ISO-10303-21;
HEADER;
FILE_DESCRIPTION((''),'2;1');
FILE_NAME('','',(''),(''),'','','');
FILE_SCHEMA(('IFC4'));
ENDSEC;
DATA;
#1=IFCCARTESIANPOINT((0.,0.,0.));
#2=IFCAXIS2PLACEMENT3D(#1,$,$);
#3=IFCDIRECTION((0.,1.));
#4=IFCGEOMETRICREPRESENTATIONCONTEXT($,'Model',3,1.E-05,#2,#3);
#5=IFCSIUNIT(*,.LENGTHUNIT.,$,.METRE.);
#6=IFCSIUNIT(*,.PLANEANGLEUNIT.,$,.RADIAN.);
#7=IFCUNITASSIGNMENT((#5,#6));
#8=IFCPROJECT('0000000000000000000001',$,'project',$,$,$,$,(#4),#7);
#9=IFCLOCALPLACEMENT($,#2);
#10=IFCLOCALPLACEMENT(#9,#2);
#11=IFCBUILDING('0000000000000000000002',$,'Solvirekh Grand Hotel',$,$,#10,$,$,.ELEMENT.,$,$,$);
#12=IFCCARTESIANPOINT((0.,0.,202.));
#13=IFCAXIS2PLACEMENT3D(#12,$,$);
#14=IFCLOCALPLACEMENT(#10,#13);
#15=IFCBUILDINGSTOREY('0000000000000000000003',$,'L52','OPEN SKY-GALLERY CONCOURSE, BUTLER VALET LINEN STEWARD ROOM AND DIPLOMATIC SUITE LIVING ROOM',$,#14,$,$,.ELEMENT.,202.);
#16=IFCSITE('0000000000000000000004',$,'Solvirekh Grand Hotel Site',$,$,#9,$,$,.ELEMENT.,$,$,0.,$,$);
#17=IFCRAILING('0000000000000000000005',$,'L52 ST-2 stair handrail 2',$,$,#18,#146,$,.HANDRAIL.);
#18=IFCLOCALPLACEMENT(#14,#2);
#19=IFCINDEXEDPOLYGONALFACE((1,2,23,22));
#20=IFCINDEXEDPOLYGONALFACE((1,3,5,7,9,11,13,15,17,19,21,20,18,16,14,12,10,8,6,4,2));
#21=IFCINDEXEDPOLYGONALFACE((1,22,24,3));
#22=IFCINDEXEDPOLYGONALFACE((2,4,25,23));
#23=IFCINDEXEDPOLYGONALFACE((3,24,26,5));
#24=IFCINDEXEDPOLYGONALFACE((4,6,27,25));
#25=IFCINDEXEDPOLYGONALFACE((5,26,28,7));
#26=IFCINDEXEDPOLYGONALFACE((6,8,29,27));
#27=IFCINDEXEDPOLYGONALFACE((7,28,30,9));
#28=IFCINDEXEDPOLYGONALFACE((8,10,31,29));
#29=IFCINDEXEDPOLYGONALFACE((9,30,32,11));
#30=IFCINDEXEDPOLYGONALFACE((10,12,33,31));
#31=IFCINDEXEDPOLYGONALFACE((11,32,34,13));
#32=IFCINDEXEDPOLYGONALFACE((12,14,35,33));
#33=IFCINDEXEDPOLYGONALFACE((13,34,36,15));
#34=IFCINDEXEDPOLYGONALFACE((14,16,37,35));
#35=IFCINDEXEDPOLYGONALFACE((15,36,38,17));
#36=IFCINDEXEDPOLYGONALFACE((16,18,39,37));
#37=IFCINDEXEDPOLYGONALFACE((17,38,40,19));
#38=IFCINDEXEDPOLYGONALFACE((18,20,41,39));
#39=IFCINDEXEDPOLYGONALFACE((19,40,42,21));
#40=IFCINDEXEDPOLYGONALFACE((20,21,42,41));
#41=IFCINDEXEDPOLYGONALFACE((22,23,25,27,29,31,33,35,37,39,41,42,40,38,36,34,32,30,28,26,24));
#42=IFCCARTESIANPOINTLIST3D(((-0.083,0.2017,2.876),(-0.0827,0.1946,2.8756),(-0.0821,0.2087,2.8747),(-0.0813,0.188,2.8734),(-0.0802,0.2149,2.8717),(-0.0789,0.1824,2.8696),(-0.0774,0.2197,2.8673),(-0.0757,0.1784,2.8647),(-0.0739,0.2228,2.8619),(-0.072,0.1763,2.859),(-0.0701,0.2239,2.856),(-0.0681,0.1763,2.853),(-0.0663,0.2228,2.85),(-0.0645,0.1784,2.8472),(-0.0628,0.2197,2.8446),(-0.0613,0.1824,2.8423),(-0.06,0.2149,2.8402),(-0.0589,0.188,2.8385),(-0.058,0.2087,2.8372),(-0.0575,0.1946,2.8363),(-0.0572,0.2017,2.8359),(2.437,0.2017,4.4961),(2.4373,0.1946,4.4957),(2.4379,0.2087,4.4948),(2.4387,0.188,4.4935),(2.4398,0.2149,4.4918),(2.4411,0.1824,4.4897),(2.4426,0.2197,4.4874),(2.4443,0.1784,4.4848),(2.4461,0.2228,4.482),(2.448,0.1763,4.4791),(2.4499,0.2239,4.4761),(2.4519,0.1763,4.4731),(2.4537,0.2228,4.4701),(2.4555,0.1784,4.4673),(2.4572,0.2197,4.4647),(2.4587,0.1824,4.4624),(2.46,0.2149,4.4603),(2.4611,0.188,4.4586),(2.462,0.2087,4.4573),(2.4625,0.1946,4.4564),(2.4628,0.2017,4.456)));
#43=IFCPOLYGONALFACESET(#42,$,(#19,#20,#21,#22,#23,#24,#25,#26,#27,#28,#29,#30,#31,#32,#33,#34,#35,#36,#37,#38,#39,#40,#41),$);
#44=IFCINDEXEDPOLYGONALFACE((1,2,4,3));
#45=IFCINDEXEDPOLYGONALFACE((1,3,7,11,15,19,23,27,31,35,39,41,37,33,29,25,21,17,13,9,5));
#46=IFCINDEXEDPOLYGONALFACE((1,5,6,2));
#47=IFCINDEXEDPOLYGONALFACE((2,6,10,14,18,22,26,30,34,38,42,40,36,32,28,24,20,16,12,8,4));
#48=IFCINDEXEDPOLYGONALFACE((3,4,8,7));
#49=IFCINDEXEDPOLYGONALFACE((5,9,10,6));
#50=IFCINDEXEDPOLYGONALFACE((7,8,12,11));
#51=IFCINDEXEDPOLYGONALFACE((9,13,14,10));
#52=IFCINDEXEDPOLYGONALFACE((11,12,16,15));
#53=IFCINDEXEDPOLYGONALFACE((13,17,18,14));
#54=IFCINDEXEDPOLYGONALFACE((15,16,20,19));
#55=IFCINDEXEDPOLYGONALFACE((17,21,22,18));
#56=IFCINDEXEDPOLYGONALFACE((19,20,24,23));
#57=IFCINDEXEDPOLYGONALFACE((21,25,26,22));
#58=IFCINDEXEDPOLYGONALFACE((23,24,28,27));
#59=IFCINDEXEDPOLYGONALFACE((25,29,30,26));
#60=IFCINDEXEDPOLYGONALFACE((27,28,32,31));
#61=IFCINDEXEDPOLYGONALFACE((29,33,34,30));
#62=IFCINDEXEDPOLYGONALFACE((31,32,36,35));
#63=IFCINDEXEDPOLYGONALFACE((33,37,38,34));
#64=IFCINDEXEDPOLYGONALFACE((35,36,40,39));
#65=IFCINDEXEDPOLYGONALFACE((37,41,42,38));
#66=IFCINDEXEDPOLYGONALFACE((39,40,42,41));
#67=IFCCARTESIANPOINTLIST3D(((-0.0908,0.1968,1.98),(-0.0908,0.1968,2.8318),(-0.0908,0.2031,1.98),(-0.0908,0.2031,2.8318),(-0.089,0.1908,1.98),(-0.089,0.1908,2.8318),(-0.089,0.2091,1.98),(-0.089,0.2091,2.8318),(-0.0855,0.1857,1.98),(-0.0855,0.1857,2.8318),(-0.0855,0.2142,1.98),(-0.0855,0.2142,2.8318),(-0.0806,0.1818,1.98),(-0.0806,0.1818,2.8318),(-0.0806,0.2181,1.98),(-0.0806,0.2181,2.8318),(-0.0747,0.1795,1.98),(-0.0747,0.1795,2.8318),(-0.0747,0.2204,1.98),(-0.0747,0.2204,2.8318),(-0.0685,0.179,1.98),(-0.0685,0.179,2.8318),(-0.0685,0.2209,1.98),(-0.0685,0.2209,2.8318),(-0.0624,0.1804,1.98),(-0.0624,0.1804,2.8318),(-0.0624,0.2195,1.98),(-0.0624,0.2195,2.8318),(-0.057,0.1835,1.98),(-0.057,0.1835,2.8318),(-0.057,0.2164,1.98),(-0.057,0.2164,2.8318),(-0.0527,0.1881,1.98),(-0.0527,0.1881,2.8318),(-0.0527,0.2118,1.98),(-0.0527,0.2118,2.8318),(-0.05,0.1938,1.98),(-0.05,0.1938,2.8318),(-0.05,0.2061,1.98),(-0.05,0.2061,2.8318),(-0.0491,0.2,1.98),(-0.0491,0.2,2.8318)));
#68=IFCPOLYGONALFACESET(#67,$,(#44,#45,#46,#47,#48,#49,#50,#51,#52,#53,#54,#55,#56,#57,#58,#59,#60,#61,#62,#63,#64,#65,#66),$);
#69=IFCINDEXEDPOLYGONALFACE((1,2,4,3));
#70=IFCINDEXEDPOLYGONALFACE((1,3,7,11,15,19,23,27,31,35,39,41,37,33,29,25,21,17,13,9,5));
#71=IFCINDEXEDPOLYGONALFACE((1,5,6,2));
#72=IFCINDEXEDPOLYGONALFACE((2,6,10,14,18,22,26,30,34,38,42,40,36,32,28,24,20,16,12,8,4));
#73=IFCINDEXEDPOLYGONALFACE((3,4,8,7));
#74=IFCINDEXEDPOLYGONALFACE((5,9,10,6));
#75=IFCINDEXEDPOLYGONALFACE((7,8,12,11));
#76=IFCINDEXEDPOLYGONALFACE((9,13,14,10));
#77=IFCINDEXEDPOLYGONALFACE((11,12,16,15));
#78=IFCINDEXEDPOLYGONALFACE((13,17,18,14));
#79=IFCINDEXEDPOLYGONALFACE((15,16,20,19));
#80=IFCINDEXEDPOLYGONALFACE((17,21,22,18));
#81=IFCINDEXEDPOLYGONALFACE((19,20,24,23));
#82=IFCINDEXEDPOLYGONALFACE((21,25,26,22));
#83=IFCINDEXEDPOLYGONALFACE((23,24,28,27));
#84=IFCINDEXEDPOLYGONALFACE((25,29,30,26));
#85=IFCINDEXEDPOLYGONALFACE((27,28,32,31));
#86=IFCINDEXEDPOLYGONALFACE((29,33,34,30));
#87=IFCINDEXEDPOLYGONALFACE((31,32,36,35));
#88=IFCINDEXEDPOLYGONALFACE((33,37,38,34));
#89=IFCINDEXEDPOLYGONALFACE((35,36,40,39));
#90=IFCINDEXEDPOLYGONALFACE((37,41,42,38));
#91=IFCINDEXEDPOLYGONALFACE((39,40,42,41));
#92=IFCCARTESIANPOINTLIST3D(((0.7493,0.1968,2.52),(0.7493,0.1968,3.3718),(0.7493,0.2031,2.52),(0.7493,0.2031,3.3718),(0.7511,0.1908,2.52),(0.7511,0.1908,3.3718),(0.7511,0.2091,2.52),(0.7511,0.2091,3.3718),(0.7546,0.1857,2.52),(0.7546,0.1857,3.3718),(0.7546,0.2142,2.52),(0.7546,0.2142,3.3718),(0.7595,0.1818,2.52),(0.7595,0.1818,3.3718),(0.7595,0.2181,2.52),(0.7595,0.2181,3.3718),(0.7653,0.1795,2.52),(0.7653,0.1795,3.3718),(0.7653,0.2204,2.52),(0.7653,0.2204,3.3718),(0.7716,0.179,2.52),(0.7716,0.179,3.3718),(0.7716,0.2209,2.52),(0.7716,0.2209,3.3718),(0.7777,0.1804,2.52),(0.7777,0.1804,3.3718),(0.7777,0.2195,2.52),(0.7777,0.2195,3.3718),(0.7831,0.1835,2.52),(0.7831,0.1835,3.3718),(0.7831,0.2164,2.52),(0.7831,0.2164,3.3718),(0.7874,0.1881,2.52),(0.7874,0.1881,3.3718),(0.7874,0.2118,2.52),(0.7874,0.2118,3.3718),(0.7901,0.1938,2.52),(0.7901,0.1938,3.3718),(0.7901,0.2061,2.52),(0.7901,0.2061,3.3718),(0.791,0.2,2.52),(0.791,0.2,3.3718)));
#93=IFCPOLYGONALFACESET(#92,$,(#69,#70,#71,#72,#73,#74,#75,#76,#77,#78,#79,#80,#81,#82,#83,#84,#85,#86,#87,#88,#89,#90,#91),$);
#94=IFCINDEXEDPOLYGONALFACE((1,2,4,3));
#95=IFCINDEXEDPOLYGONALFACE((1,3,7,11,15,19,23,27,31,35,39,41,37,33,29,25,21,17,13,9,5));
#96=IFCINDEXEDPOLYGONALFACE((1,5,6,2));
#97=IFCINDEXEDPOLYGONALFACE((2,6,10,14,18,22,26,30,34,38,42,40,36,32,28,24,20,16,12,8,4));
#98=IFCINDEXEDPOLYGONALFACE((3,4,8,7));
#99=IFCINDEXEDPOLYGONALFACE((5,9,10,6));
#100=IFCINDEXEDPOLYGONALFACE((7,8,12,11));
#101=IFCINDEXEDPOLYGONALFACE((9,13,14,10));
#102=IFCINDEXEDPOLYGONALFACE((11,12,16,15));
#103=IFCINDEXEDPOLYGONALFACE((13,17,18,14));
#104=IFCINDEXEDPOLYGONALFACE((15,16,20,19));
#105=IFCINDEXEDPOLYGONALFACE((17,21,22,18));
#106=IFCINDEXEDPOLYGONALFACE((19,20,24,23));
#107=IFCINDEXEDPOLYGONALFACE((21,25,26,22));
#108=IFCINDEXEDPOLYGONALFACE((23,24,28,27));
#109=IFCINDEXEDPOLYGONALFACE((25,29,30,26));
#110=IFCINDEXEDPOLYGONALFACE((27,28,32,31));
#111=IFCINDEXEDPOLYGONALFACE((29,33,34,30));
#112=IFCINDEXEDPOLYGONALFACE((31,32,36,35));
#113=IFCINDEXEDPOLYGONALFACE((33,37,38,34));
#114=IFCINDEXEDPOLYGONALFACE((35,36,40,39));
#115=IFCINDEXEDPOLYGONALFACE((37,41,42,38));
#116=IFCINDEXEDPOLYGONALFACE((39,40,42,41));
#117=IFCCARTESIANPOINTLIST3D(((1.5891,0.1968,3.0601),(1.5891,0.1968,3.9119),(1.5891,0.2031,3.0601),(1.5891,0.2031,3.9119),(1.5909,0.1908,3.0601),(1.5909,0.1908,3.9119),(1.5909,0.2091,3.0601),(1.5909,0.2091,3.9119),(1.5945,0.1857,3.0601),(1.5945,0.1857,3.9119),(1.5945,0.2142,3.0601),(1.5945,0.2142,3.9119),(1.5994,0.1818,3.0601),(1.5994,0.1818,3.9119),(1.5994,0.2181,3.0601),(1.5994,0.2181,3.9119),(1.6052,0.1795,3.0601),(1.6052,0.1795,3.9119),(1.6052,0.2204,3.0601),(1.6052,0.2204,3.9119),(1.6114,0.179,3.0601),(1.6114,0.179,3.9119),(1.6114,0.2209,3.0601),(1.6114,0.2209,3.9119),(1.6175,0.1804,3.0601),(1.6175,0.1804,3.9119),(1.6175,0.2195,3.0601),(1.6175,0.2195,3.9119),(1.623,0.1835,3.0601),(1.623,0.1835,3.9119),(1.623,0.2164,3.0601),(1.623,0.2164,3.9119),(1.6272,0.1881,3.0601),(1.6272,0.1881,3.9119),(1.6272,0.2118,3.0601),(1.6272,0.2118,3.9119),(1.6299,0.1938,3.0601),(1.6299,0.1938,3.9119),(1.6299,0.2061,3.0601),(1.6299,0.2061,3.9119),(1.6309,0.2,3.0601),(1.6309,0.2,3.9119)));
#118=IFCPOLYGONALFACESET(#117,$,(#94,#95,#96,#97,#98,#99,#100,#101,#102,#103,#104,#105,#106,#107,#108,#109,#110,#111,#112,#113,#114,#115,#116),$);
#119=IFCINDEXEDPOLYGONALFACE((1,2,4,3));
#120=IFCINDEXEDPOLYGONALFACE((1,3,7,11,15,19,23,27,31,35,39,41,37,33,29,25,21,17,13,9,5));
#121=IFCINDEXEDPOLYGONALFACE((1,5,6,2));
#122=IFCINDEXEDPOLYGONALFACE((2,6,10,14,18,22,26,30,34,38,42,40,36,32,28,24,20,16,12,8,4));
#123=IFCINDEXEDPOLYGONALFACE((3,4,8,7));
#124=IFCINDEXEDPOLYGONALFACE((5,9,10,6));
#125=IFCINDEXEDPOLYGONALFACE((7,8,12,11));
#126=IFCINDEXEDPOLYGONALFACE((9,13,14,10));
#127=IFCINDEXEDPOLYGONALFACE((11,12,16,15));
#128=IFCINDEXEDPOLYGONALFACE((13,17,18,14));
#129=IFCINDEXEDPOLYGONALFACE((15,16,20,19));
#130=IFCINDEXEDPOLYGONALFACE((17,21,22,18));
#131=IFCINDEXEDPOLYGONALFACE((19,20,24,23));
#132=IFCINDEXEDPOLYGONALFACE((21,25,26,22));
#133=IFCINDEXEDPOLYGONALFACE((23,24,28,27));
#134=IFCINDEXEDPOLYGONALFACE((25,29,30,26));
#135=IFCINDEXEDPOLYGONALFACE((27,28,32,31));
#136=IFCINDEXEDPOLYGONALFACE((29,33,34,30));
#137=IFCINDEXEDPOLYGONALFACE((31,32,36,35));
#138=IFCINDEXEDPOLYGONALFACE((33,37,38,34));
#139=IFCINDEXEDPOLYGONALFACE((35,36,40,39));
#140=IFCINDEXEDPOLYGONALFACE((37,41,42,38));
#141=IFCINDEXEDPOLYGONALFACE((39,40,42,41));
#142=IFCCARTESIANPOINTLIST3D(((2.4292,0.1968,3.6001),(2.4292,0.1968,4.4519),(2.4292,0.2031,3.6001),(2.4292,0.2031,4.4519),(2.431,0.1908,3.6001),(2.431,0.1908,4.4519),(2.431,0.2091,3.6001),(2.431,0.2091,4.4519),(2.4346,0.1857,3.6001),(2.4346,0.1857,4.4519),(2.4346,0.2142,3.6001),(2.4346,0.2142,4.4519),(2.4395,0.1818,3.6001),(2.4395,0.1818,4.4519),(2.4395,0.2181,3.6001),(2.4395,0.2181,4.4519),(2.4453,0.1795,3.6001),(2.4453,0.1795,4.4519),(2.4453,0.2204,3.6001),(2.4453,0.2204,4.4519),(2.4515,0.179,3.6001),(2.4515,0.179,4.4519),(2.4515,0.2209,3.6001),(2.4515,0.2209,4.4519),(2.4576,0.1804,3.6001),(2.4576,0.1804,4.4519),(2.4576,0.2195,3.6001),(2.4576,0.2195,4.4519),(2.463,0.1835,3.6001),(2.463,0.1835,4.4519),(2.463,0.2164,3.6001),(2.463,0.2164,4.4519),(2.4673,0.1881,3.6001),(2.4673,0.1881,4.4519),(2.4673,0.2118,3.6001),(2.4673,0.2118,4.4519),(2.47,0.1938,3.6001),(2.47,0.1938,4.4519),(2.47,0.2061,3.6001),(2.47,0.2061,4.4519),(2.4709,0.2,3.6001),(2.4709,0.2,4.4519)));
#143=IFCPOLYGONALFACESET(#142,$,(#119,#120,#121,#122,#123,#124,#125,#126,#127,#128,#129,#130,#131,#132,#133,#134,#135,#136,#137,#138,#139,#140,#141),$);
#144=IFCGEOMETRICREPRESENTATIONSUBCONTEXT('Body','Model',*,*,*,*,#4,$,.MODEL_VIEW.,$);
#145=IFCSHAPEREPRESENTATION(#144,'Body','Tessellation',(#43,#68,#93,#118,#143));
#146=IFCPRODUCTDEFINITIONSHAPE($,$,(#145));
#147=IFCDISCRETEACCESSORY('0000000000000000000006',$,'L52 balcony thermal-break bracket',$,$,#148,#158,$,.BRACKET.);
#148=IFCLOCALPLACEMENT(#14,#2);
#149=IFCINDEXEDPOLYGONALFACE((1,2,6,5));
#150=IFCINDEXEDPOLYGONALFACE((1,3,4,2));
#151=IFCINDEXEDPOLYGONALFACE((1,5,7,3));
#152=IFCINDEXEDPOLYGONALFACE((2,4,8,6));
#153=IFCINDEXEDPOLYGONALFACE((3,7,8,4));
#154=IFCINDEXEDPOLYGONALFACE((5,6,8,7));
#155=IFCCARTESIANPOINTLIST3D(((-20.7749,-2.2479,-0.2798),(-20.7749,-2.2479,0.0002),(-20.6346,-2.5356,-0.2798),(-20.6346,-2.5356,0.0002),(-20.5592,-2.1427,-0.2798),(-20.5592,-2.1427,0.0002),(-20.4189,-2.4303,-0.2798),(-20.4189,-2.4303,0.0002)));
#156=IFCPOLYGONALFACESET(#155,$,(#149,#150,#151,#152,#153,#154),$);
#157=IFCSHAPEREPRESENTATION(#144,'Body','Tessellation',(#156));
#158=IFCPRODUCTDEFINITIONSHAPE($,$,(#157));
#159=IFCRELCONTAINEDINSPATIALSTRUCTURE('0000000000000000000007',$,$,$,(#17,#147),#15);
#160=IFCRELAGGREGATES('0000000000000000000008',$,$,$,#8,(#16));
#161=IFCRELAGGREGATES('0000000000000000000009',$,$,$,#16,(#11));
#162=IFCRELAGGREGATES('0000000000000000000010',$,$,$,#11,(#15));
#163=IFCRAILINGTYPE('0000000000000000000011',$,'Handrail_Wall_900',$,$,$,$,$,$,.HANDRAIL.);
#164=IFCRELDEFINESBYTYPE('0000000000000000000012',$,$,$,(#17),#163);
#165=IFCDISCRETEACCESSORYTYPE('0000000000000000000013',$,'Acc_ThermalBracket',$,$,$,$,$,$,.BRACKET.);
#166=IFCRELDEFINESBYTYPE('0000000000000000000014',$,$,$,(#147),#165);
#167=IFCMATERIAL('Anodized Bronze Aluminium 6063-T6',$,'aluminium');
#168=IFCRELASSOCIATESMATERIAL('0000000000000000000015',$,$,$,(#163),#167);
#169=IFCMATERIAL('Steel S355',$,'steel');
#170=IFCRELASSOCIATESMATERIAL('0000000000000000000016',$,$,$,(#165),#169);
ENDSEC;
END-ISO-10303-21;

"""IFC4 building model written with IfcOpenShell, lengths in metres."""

from ifc_helpers import new_model, si_unit, direction, frame, origin, origin_2d, place, context, subcontext, project, spatial, rectangle, circle, extrude, material, type_object, element, save


model = new_model("IFC4")

# Units and contexts
model_context = context("Model", 3, precision=1e-05, world=origin(), true_north=direction((0.0, 1.0)))
body_context = subcontext(model_context, "Body", "Model", "MODEL_VIEW")
ifc_project = project(units=[si_unit("LENGTHUNIT", "METRE"), si_unit("PLANEANGLEUNIT", "RADIAN")], contexts=[model_context])

# Site, building, storey
site_placement = place(None, origin())
site = spatial("IfcSite", under=ifc_project, at=site_placement, Name="Solvirekh Grand Hotel Site", CompositionType="ELEMENT", RefElevation=0.0)
building_placement = place(site_placement, origin())
building = spatial("IfcBuilding", under=site, at=building_placement, Name="Solvirekh Grand Hotel", CompositionType="ELEMENT")
storey_placement = place(building_placement, frame((0.0, 0.0, 202.0)))
storey = spatial("IfcBuildingStorey", under=building, at=storey_placement, Name="L52", Description="OPEN SKY-GALLERY CONCOURSE, BUTLER VALET LINEN STEWARD ROOM AND DIPLOMATIC SUITE LIVING ROOM", CompositionType="ELEMENT", Elevation=202.0)

# Shared definitions
ifc_material_1 = material(Name="Steel S355", Category="steel")

# Shared definitions
ifc_material_2 = material(Name="Anodized Bronze Aluminium 6063-T6", Category="aluminium")

# Railing
railing_type_1 = type_object("IfcRailingType", Name="Handrail_Wall_900", PredefinedType="HANDRAIL", material=ifc_material_2)
for number, where, name in (
    (1, (-0.0701, 0.2, 1.98), "L52 ST-2 stair handrail 2"),
):
    element("IfcRailing", number, at=place(storey_placement, frame(where)), inside=storey, type_object=railing_type_1, Name=name, PredefinedType="HANDRAIL", context=body_context, shape_type="SweptSolid", body=[
        extrude(circle(Radius=0.0239, at=origin_2d()), frame((0.0, 0.0, 0.876), z_axis=(0.841163, 0.0, 0.540782), x_axis=(0.0, 1.0, 0.0)), (0.0, 0.0, 1.0), 2.9958),
        extrude(circle(Radius=0.021, at=origin_2d()), origin(), (0.0, 0.0, 1.0), 0.8518),
        extrude(circle(Radius=0.021, at=origin_2d()), frame((0.8401, 0.0, 0.54)), (0.0, 0.0, 1.0), 0.8518),
        extrude(circle(Radius=0.021, at=origin_2d()), frame((1.6799, 0.0, 1.0801)), (0.0, 0.0, 1.0), 0.8518),
        extrude(circle(Radius=0.021, at=origin_2d()), frame((2.52, 0.0, 1.6201)), (0.0, 0.0, 1.0), 0.8518),
    ])

# Discrete accessory
discrete_accessory_type = type_object("IfcDiscreteAccessoryType", Name="Acc_ThermalBracket", PredefinedType="BRACKET", material=ifc_material_1)
discrete_accessory_placement = place(storey_placement, frame((-20.5969, -2.3391, -0.2798), z_axis=(0.0, 0.0, 1.0), x_axis=(0.438371, -0.898794, 0.0)))
element("IfcDiscreteAccessory", 2, at=discrete_accessory_placement, inside=storey, type_object=discrete_accessory_type, Name="L52 balcony thermal-break bracket", PredefinedType="BRACKET", context=body_context, shape_type="SweptSolid", body=[
    extrude(rectangle(XDim=0.3201, YDim=0.24, at=origin_2d()), origin(), (0.0, 0.0, 1.0), 0.28),
])

save(model, "model.ifc")
